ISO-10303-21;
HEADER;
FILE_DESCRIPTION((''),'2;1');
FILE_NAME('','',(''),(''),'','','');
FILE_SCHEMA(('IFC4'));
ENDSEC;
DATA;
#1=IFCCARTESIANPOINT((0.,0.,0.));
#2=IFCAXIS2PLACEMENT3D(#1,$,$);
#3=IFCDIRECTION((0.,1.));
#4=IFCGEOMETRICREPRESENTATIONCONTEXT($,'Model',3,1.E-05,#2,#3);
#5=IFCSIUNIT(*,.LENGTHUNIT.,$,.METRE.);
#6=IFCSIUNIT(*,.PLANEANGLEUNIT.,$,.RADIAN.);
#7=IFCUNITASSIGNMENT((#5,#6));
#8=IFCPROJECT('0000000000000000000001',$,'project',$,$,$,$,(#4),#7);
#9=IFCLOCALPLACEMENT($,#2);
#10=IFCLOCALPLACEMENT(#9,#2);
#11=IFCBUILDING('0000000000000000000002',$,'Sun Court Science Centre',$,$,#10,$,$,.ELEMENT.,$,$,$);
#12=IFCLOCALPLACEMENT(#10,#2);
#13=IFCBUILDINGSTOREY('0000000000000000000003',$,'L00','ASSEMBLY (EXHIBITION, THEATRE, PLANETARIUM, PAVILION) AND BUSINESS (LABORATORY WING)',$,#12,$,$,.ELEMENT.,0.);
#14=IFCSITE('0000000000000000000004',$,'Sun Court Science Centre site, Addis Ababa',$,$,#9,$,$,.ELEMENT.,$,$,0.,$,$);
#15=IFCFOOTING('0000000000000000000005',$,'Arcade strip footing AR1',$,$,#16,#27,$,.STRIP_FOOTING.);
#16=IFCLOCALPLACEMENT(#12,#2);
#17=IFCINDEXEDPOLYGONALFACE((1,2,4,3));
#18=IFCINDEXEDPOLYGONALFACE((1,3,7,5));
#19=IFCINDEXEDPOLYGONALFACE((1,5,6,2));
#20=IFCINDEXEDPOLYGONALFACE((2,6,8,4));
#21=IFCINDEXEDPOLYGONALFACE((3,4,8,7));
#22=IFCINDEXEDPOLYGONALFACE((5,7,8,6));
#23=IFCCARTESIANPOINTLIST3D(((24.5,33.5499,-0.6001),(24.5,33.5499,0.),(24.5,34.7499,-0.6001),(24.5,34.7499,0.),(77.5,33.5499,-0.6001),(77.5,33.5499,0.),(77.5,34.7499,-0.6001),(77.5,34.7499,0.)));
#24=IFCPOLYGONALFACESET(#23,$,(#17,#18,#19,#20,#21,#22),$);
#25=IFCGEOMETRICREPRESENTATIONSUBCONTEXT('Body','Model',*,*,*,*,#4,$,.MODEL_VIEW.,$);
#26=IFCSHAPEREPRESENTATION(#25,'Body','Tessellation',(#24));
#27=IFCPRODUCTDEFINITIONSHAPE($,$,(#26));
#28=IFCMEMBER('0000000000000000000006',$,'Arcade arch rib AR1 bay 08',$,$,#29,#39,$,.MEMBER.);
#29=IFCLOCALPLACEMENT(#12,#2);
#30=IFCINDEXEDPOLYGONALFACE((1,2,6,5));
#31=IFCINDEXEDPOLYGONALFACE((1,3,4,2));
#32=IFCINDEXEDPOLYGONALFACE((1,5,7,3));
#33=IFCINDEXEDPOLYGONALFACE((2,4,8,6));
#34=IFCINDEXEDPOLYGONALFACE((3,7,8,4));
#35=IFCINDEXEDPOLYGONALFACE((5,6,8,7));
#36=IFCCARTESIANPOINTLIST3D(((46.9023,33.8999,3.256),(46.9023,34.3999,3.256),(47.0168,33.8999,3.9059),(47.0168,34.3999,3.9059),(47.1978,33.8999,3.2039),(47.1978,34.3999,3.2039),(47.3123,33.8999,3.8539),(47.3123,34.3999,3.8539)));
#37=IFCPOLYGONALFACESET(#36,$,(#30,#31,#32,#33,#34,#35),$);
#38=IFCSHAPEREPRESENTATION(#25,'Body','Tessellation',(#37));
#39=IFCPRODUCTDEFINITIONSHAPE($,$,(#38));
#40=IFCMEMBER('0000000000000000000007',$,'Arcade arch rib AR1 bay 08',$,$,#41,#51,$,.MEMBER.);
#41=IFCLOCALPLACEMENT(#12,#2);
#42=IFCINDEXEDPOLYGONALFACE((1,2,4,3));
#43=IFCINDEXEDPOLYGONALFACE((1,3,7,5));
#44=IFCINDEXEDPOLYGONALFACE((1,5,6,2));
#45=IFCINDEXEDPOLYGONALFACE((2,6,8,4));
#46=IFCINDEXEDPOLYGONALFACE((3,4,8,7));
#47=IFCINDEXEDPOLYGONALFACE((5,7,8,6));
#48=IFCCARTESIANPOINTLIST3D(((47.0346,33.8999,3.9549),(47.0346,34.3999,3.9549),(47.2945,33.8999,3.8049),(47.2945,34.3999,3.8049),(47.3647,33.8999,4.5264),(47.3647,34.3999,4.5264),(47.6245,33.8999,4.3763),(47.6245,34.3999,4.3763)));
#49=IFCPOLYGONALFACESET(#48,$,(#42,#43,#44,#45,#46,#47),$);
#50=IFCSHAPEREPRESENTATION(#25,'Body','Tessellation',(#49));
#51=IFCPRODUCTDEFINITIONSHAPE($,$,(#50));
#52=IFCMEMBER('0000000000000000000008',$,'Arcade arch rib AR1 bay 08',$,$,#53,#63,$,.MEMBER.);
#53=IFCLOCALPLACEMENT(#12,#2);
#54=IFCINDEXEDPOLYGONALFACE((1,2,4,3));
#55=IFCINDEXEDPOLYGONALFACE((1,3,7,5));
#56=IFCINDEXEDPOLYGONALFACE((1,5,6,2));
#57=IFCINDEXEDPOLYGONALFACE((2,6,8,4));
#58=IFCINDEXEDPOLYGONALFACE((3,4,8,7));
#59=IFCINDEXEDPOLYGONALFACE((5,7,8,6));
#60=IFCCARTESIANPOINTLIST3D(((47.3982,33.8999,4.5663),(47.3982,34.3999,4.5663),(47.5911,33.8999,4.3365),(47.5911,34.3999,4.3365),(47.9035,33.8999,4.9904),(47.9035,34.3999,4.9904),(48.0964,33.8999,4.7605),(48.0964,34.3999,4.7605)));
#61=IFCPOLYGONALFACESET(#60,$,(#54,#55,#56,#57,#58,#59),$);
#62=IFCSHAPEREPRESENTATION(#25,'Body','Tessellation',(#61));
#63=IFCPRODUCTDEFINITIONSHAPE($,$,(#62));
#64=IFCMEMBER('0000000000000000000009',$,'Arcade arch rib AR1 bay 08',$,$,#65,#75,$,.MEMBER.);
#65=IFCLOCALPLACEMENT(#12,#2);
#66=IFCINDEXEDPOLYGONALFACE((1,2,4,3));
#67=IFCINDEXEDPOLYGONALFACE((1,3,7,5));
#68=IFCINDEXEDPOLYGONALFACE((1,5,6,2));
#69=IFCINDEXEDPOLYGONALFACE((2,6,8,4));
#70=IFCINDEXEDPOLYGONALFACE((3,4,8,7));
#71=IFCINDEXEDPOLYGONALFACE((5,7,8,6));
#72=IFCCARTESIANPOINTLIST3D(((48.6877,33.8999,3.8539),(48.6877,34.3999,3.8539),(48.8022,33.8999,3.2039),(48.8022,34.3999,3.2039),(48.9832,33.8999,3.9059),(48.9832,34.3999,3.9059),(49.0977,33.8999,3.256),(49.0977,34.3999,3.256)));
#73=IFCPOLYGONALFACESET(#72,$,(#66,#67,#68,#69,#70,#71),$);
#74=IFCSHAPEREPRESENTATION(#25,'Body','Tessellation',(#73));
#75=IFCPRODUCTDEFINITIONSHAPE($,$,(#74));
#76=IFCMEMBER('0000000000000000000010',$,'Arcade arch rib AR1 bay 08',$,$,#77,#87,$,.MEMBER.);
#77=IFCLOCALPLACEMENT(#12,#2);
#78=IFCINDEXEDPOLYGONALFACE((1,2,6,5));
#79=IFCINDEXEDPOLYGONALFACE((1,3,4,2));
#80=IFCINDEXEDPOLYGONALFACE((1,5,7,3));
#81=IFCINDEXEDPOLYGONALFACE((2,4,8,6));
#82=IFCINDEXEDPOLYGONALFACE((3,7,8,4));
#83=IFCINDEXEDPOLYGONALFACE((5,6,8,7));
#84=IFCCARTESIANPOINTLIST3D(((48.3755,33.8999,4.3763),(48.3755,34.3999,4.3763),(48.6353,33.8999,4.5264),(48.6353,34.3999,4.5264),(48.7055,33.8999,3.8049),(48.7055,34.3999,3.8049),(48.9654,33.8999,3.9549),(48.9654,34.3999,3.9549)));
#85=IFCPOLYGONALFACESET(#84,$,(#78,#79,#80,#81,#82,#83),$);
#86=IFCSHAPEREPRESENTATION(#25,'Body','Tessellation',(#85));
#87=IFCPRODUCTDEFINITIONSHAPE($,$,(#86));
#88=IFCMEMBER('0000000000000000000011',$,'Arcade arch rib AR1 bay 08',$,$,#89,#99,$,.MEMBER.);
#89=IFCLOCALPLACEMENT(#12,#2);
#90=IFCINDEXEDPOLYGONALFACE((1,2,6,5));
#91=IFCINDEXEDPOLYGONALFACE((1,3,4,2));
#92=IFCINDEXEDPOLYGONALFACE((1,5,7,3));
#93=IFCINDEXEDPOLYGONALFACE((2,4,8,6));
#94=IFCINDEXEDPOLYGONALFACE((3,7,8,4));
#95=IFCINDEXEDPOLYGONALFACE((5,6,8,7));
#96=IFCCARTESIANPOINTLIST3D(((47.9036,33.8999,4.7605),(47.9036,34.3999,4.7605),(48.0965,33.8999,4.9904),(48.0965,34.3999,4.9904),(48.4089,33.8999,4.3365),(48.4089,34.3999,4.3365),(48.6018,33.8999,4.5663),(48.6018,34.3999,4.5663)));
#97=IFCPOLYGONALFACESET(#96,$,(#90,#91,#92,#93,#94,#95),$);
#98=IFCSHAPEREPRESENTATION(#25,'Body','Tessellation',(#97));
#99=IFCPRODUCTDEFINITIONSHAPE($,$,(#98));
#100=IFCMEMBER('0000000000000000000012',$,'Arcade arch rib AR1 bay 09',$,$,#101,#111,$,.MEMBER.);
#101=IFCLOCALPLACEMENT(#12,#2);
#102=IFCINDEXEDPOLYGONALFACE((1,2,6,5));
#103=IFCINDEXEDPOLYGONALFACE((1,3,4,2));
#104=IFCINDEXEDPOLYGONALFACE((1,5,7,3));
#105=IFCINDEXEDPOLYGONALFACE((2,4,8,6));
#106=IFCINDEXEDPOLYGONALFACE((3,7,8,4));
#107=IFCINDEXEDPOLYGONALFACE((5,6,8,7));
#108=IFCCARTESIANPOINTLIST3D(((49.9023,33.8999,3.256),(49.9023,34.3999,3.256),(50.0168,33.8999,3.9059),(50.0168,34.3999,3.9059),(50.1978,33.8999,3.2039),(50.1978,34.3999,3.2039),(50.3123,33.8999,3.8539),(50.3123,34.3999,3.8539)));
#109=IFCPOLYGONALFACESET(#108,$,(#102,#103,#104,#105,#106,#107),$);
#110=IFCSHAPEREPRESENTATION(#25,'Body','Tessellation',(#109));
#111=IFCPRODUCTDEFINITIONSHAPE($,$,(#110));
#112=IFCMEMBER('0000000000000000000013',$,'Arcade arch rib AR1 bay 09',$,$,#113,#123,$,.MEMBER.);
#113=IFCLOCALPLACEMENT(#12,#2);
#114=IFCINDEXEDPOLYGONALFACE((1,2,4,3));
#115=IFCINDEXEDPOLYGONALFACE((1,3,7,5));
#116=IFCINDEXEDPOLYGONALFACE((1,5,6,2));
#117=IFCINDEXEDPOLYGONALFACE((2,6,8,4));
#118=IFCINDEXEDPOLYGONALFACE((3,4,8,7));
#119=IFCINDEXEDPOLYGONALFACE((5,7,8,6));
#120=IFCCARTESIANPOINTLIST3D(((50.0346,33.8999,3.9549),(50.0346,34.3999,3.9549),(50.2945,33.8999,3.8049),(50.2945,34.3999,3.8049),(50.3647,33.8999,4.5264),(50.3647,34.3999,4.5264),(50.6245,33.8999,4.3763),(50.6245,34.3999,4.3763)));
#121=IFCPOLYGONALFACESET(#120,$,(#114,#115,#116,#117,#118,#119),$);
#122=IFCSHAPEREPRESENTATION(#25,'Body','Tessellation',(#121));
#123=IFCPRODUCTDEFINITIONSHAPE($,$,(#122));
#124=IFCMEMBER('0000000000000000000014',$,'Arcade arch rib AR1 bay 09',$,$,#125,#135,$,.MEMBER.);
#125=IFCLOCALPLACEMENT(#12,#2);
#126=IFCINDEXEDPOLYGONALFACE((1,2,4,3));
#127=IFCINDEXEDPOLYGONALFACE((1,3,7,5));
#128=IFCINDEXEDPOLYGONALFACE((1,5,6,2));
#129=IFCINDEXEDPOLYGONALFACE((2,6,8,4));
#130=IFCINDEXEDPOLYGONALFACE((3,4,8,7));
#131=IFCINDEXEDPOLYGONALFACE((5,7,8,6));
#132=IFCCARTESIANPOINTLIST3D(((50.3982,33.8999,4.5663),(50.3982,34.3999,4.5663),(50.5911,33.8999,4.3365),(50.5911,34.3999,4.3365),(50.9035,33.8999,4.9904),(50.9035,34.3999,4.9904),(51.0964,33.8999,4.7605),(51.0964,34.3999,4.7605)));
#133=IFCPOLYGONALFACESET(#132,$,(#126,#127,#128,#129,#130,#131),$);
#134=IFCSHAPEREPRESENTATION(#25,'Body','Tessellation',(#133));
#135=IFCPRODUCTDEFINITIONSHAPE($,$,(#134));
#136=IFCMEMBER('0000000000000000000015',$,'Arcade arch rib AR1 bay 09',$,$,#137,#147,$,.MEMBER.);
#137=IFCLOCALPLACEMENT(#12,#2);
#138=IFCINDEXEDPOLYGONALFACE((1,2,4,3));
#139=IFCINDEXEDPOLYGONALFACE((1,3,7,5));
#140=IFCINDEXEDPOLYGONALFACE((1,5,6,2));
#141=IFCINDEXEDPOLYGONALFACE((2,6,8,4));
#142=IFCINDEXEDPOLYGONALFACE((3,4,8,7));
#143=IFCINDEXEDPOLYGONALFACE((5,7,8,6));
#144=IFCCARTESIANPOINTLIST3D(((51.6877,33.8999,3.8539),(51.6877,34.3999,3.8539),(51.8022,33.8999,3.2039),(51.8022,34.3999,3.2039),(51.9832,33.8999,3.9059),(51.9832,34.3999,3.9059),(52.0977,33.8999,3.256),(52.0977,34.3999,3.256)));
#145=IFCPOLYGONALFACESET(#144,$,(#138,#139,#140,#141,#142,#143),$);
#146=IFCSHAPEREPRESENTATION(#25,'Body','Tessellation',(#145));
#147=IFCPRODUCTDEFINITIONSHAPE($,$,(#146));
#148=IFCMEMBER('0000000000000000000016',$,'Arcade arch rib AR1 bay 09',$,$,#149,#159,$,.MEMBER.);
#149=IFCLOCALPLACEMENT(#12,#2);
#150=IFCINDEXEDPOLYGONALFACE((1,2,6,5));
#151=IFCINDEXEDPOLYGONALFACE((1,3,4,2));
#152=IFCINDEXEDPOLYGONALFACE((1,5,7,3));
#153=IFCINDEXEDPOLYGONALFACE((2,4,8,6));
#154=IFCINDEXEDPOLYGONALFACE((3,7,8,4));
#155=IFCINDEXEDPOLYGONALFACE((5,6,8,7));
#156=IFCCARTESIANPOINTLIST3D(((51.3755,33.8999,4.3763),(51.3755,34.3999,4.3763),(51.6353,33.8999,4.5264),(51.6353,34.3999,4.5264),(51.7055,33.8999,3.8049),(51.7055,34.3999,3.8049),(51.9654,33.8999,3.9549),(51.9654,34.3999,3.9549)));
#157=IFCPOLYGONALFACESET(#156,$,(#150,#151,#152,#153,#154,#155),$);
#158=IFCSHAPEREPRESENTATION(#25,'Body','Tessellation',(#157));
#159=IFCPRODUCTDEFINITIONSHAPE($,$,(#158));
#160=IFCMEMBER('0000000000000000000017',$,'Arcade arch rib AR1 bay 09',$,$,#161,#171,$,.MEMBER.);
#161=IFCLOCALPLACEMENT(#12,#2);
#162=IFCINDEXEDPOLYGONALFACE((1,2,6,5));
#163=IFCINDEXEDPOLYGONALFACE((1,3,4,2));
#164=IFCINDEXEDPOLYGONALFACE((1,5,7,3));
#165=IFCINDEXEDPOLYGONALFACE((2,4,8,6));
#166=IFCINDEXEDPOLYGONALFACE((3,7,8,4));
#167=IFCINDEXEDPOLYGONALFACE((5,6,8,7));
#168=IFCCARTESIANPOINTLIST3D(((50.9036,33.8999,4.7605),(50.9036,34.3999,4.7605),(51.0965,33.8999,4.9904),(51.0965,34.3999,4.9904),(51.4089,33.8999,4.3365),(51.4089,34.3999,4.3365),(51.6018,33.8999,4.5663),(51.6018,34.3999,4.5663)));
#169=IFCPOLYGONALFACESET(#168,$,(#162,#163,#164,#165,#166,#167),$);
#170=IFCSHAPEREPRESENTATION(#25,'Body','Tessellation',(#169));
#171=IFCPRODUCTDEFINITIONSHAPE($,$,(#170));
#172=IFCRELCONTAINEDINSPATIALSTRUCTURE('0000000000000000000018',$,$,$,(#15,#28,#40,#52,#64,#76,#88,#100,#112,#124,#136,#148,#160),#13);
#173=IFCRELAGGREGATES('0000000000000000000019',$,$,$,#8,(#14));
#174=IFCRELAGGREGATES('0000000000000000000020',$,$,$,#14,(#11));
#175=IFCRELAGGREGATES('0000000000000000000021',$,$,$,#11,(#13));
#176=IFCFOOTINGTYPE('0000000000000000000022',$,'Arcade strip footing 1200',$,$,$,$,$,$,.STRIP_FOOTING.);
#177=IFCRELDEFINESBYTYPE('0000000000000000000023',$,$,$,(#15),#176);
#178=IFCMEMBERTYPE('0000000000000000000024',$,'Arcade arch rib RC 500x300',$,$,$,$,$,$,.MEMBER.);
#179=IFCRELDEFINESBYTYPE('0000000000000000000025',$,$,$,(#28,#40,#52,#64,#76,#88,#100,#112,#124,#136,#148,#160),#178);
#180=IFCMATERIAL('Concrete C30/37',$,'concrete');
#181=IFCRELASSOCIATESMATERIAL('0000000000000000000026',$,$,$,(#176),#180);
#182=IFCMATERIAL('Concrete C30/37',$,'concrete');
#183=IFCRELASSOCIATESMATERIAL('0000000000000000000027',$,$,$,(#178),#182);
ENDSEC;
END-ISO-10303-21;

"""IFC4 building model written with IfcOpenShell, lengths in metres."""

from ifc_helpers import new_model, si_unit, direction, frame, origin, origin_2d, place, context, subcontext, project, spatial, rectangle, extrude, material, material_profile, profile_set, type_object, element, save


model = new_model("IFC4")

# Units and contexts
model_context = context("Model", 3, precision=1e-05, world=origin(), true_north=direction((0.0, 1.0)))
body_context = subcontext(model_context, "Body", "Model", "MODEL_VIEW")
ifc_project = project(units=[si_unit("LENGTHUNIT", "METRE"), si_unit("PLANEANGLEUNIT", "RADIAN")], contexts=[model_context])

# Site, building, storey
site_placement = place(None, origin())
site = spatial("IfcSite", under=ifc_project, at=site_placement, Name="Sun Court Science Centre site, Addis Ababa", CompositionType="ELEMENT", RefElevation=0.0)
building_placement = place(site_placement, origin())
building = spatial("IfcBuilding", under=site, at=building_placement, Name="Sun Court Science Centre", CompositionType="ELEMENT")
storey_placement = place(building_placement, origin())
storey = spatial("IfcBuildingStorey", under=building, at=storey_placement, Name="L00", Description="ASSEMBLY (EXHIBITION, THEATRE, PLANETARIUM, PAVILION) AND BUSINESS (LABORATORY WING)", CompositionType="ELEMENT", Elevation=0.0)

# Footing
ifc_material_1 = material(Name="Concrete C30/37", Category="concrete")
footing_type = type_object("IfcFootingType", Name="Arcade strip footing 1200", PredefinedType="STRIP_FOOTING", material=ifc_material_1)
footing_placement = place(storey_placement, frame((51.0, 34.1499, -0.6001), z_axis=(0.0, 0.0, 1.0), x_axis=(1.0, 0.0, 0.0)))
element("IfcFooting", 1, at=footing_placement, inside=storey, type_object=footing_type, Name="Arcade strip footing AR1", PredefinedType="STRIP_FOOTING", context=body_context, shape_type="SweptSolid", body=[
    extrude(rectangle(XDim=53.0, YDim=1.2, at=origin_2d()), origin(), (0.0, 0.0, 1.0), 0.6001),
])

# Members
ifc_material_2 = material(Name="Concrete C30/37", Category="concrete")
ifc_material_profile_1 = material_profile(ifc_material_2, rectangle(XDim=0.5, YDim=0.3, at=origin_2d()), Name="RC 500x300")
ifc_profile_set_1 = profile_set([ifc_material_profile_1], Name="Concrete C30/37")
member_type_1 = type_object("IfcMemberType", Name="Arcade arch rib RC 500x300", PredefinedType="MEMBER", material=ifc_profile_set_1)
for number, where, z_axis, x_axis, name in (
    (2, (47.05, 34.1499, 3.23), (0.173511, 0.0, 0.984832), (0.0, 1.0, 0.0), "Arcade arch rib AR1 bay 08"),
    (3, (47.1646, 34.1499, 3.8799), (0.500117, 0.0, 0.865958), (0.0, 1.0, 0.0), "Arcade arch rib AR1 bay 08"),
):
    element("IfcMember", number, at=place(storey_placement, frame(where, z_axis=z_axis, x_axis=x_axis)), inside=storey, type_object=member_type_1, Name=name, PredefinedType="MEMBER", context=body_context, shape_type="SweptSolid", body=[
        extrude(rectangle(XDim=0.5, YDim=0.3, at=origin_2d()), origin(), (0.0, 0.0, 1.0), 0.6599),
    ])
member_1_placement = place(storey_placement, frame((47.4946, 34.1499, 4.4514), z_axis=(0.766033, 0.0, 0.642801), x_axis=(0.0, 1.0, 0.0)))
element("IfcMember", 4, at=member_1_placement, inside=storey, type_object=member_type_1, Name="Arcade arch rib AR1 bay 08", PredefinedType="MEMBER", context=body_context, shape_type="SweptSolid", body=[
    extrude(rectangle(XDim=0.5, YDim=0.3, at=origin_2d()), origin(), (0.0, 0.0, 1.0), 0.6597),
])
for number, where, z_axis, x_axis, name in (
    (5, (48.95, 34.1499, 3.23), (-0.173511, 0.0, 0.984832), (0.0, -1.0, 0.0), "Arcade arch rib AR1 bay 08"),
    (6, (48.8354, 34.1499, 3.8799), (-0.500117, 0.0, 0.865958), (0.0, -1.0, 0.0), "Arcade arch rib AR1 bay 08"),
):
    element("IfcMember", number, at=place(storey_placement, frame(where, z_axis=z_axis, x_axis=x_axis)), inside=storey, type_object=member_type_1, Name=name, PredefinedType="MEMBER", context=body_context, shape_type="SweptSolid", body=[
        extrude(rectangle(XDim=0.5, YDim=0.3, at=origin_2d()), origin(), (0.0, 0.0, 1.0), 0.6599),
    ])
member_2_placement = place(storey_placement, frame((48.5054, 34.1499, 4.4514), z_axis=(-0.766033, 0.0, 0.642801), x_axis=(0.0, -1.0, 0.0)))
element("IfcMember", 7, at=member_2_placement, inside=storey, type_object=member_type_1, Name="Arcade arch rib AR1 bay 08", PredefinedType="MEMBER", context=body_context, shape_type="SweptSolid", body=[
    extrude(rectangle(XDim=0.5, YDim=0.3, at=origin_2d()), origin(), (0.0, 0.0, 1.0), 0.6597),
])
for number, where, z_axis, x_axis, name in (
    (8, (50.05, 34.1499, 3.23), (0.173511, 0.0, 0.984832), (0.0, 1.0, 0.0), "Arcade arch rib AR1 bay 09"),
    (9, (50.1646, 34.1499, 3.8799), (0.500117, 0.0, 0.865958), (0.0, 1.0, 0.0), "Arcade arch rib AR1 bay 09"),
):
    element("IfcMember", number, at=place(storey_placement, frame(where, z_axis=z_axis, x_axis=x_axis)), inside=storey, type_object=member_type_1, Name=name, PredefinedType="MEMBER", context=body_context, shape_type="SweptSolid", body=[
        extrude(rectangle(XDim=0.5, YDim=0.3, at=origin_2d()), origin(), (0.0, 0.0, 1.0), 0.6599),
    ])
member_3_placement = place(storey_placement, frame((50.4946, 34.1499, 4.4514), z_axis=(0.766033, 0.0, 0.642801), x_axis=(0.0, 1.0, 0.0)))
element("IfcMember", 10, at=member_3_placement, inside=storey, type_object=member_type_1, Name="Arcade arch rib AR1 bay 09", PredefinedType="MEMBER", context=body_context, shape_type="SweptSolid", body=[
    extrude(rectangle(XDim=0.5, YDim=0.3, at=origin_2d()), origin(), (0.0, 0.0, 1.0), 0.6597),
])
for number, where, z_axis, x_axis, name in (
    (11, (51.95, 34.1499, 3.23), (-0.173511, 0.0, 0.984832), (0.0, -1.0, 0.0), "Arcade arch rib AR1 bay 09"),
    (12, (51.8354, 34.1499, 3.8799), (-0.500117, 0.0, 0.865958), (0.0, -1.0, 0.0), "Arcade arch rib AR1 bay 09"),
):
    element("IfcMember", number, at=place(storey_placement, frame(where, z_axis=z_axis, x_axis=x_axis)), inside=storey, type_object=member_type_1, Name=name, PredefinedType="MEMBER", context=body_context, shape_type="SweptSolid", body=[
        extrude(rectangle(XDim=0.5, YDim=0.3, at=origin_2d()), origin(), (0.0, 0.0, 1.0), 0.6599),
    ])
member_4_placement = place(storey_placement, frame((51.5054, 34.1499, 4.4514), z_axis=(-0.766033, 0.0, 0.642801), x_axis=(0.0, -1.0, 0.0)))
element("IfcMember", 13, at=member_4_placement, inside=storey, type_object=member_type_1, Name="Arcade arch rib AR1 bay 09", PredefinedType="MEMBER", context=body_context, shape_type="SweptSolid", body=[
    extrude(rectangle(XDim=0.5, YDim=0.3, at=origin_2d()), origin(), (0.0, 0.0, 1.0), 0.6597),
])

save(model, "model.ifc")
